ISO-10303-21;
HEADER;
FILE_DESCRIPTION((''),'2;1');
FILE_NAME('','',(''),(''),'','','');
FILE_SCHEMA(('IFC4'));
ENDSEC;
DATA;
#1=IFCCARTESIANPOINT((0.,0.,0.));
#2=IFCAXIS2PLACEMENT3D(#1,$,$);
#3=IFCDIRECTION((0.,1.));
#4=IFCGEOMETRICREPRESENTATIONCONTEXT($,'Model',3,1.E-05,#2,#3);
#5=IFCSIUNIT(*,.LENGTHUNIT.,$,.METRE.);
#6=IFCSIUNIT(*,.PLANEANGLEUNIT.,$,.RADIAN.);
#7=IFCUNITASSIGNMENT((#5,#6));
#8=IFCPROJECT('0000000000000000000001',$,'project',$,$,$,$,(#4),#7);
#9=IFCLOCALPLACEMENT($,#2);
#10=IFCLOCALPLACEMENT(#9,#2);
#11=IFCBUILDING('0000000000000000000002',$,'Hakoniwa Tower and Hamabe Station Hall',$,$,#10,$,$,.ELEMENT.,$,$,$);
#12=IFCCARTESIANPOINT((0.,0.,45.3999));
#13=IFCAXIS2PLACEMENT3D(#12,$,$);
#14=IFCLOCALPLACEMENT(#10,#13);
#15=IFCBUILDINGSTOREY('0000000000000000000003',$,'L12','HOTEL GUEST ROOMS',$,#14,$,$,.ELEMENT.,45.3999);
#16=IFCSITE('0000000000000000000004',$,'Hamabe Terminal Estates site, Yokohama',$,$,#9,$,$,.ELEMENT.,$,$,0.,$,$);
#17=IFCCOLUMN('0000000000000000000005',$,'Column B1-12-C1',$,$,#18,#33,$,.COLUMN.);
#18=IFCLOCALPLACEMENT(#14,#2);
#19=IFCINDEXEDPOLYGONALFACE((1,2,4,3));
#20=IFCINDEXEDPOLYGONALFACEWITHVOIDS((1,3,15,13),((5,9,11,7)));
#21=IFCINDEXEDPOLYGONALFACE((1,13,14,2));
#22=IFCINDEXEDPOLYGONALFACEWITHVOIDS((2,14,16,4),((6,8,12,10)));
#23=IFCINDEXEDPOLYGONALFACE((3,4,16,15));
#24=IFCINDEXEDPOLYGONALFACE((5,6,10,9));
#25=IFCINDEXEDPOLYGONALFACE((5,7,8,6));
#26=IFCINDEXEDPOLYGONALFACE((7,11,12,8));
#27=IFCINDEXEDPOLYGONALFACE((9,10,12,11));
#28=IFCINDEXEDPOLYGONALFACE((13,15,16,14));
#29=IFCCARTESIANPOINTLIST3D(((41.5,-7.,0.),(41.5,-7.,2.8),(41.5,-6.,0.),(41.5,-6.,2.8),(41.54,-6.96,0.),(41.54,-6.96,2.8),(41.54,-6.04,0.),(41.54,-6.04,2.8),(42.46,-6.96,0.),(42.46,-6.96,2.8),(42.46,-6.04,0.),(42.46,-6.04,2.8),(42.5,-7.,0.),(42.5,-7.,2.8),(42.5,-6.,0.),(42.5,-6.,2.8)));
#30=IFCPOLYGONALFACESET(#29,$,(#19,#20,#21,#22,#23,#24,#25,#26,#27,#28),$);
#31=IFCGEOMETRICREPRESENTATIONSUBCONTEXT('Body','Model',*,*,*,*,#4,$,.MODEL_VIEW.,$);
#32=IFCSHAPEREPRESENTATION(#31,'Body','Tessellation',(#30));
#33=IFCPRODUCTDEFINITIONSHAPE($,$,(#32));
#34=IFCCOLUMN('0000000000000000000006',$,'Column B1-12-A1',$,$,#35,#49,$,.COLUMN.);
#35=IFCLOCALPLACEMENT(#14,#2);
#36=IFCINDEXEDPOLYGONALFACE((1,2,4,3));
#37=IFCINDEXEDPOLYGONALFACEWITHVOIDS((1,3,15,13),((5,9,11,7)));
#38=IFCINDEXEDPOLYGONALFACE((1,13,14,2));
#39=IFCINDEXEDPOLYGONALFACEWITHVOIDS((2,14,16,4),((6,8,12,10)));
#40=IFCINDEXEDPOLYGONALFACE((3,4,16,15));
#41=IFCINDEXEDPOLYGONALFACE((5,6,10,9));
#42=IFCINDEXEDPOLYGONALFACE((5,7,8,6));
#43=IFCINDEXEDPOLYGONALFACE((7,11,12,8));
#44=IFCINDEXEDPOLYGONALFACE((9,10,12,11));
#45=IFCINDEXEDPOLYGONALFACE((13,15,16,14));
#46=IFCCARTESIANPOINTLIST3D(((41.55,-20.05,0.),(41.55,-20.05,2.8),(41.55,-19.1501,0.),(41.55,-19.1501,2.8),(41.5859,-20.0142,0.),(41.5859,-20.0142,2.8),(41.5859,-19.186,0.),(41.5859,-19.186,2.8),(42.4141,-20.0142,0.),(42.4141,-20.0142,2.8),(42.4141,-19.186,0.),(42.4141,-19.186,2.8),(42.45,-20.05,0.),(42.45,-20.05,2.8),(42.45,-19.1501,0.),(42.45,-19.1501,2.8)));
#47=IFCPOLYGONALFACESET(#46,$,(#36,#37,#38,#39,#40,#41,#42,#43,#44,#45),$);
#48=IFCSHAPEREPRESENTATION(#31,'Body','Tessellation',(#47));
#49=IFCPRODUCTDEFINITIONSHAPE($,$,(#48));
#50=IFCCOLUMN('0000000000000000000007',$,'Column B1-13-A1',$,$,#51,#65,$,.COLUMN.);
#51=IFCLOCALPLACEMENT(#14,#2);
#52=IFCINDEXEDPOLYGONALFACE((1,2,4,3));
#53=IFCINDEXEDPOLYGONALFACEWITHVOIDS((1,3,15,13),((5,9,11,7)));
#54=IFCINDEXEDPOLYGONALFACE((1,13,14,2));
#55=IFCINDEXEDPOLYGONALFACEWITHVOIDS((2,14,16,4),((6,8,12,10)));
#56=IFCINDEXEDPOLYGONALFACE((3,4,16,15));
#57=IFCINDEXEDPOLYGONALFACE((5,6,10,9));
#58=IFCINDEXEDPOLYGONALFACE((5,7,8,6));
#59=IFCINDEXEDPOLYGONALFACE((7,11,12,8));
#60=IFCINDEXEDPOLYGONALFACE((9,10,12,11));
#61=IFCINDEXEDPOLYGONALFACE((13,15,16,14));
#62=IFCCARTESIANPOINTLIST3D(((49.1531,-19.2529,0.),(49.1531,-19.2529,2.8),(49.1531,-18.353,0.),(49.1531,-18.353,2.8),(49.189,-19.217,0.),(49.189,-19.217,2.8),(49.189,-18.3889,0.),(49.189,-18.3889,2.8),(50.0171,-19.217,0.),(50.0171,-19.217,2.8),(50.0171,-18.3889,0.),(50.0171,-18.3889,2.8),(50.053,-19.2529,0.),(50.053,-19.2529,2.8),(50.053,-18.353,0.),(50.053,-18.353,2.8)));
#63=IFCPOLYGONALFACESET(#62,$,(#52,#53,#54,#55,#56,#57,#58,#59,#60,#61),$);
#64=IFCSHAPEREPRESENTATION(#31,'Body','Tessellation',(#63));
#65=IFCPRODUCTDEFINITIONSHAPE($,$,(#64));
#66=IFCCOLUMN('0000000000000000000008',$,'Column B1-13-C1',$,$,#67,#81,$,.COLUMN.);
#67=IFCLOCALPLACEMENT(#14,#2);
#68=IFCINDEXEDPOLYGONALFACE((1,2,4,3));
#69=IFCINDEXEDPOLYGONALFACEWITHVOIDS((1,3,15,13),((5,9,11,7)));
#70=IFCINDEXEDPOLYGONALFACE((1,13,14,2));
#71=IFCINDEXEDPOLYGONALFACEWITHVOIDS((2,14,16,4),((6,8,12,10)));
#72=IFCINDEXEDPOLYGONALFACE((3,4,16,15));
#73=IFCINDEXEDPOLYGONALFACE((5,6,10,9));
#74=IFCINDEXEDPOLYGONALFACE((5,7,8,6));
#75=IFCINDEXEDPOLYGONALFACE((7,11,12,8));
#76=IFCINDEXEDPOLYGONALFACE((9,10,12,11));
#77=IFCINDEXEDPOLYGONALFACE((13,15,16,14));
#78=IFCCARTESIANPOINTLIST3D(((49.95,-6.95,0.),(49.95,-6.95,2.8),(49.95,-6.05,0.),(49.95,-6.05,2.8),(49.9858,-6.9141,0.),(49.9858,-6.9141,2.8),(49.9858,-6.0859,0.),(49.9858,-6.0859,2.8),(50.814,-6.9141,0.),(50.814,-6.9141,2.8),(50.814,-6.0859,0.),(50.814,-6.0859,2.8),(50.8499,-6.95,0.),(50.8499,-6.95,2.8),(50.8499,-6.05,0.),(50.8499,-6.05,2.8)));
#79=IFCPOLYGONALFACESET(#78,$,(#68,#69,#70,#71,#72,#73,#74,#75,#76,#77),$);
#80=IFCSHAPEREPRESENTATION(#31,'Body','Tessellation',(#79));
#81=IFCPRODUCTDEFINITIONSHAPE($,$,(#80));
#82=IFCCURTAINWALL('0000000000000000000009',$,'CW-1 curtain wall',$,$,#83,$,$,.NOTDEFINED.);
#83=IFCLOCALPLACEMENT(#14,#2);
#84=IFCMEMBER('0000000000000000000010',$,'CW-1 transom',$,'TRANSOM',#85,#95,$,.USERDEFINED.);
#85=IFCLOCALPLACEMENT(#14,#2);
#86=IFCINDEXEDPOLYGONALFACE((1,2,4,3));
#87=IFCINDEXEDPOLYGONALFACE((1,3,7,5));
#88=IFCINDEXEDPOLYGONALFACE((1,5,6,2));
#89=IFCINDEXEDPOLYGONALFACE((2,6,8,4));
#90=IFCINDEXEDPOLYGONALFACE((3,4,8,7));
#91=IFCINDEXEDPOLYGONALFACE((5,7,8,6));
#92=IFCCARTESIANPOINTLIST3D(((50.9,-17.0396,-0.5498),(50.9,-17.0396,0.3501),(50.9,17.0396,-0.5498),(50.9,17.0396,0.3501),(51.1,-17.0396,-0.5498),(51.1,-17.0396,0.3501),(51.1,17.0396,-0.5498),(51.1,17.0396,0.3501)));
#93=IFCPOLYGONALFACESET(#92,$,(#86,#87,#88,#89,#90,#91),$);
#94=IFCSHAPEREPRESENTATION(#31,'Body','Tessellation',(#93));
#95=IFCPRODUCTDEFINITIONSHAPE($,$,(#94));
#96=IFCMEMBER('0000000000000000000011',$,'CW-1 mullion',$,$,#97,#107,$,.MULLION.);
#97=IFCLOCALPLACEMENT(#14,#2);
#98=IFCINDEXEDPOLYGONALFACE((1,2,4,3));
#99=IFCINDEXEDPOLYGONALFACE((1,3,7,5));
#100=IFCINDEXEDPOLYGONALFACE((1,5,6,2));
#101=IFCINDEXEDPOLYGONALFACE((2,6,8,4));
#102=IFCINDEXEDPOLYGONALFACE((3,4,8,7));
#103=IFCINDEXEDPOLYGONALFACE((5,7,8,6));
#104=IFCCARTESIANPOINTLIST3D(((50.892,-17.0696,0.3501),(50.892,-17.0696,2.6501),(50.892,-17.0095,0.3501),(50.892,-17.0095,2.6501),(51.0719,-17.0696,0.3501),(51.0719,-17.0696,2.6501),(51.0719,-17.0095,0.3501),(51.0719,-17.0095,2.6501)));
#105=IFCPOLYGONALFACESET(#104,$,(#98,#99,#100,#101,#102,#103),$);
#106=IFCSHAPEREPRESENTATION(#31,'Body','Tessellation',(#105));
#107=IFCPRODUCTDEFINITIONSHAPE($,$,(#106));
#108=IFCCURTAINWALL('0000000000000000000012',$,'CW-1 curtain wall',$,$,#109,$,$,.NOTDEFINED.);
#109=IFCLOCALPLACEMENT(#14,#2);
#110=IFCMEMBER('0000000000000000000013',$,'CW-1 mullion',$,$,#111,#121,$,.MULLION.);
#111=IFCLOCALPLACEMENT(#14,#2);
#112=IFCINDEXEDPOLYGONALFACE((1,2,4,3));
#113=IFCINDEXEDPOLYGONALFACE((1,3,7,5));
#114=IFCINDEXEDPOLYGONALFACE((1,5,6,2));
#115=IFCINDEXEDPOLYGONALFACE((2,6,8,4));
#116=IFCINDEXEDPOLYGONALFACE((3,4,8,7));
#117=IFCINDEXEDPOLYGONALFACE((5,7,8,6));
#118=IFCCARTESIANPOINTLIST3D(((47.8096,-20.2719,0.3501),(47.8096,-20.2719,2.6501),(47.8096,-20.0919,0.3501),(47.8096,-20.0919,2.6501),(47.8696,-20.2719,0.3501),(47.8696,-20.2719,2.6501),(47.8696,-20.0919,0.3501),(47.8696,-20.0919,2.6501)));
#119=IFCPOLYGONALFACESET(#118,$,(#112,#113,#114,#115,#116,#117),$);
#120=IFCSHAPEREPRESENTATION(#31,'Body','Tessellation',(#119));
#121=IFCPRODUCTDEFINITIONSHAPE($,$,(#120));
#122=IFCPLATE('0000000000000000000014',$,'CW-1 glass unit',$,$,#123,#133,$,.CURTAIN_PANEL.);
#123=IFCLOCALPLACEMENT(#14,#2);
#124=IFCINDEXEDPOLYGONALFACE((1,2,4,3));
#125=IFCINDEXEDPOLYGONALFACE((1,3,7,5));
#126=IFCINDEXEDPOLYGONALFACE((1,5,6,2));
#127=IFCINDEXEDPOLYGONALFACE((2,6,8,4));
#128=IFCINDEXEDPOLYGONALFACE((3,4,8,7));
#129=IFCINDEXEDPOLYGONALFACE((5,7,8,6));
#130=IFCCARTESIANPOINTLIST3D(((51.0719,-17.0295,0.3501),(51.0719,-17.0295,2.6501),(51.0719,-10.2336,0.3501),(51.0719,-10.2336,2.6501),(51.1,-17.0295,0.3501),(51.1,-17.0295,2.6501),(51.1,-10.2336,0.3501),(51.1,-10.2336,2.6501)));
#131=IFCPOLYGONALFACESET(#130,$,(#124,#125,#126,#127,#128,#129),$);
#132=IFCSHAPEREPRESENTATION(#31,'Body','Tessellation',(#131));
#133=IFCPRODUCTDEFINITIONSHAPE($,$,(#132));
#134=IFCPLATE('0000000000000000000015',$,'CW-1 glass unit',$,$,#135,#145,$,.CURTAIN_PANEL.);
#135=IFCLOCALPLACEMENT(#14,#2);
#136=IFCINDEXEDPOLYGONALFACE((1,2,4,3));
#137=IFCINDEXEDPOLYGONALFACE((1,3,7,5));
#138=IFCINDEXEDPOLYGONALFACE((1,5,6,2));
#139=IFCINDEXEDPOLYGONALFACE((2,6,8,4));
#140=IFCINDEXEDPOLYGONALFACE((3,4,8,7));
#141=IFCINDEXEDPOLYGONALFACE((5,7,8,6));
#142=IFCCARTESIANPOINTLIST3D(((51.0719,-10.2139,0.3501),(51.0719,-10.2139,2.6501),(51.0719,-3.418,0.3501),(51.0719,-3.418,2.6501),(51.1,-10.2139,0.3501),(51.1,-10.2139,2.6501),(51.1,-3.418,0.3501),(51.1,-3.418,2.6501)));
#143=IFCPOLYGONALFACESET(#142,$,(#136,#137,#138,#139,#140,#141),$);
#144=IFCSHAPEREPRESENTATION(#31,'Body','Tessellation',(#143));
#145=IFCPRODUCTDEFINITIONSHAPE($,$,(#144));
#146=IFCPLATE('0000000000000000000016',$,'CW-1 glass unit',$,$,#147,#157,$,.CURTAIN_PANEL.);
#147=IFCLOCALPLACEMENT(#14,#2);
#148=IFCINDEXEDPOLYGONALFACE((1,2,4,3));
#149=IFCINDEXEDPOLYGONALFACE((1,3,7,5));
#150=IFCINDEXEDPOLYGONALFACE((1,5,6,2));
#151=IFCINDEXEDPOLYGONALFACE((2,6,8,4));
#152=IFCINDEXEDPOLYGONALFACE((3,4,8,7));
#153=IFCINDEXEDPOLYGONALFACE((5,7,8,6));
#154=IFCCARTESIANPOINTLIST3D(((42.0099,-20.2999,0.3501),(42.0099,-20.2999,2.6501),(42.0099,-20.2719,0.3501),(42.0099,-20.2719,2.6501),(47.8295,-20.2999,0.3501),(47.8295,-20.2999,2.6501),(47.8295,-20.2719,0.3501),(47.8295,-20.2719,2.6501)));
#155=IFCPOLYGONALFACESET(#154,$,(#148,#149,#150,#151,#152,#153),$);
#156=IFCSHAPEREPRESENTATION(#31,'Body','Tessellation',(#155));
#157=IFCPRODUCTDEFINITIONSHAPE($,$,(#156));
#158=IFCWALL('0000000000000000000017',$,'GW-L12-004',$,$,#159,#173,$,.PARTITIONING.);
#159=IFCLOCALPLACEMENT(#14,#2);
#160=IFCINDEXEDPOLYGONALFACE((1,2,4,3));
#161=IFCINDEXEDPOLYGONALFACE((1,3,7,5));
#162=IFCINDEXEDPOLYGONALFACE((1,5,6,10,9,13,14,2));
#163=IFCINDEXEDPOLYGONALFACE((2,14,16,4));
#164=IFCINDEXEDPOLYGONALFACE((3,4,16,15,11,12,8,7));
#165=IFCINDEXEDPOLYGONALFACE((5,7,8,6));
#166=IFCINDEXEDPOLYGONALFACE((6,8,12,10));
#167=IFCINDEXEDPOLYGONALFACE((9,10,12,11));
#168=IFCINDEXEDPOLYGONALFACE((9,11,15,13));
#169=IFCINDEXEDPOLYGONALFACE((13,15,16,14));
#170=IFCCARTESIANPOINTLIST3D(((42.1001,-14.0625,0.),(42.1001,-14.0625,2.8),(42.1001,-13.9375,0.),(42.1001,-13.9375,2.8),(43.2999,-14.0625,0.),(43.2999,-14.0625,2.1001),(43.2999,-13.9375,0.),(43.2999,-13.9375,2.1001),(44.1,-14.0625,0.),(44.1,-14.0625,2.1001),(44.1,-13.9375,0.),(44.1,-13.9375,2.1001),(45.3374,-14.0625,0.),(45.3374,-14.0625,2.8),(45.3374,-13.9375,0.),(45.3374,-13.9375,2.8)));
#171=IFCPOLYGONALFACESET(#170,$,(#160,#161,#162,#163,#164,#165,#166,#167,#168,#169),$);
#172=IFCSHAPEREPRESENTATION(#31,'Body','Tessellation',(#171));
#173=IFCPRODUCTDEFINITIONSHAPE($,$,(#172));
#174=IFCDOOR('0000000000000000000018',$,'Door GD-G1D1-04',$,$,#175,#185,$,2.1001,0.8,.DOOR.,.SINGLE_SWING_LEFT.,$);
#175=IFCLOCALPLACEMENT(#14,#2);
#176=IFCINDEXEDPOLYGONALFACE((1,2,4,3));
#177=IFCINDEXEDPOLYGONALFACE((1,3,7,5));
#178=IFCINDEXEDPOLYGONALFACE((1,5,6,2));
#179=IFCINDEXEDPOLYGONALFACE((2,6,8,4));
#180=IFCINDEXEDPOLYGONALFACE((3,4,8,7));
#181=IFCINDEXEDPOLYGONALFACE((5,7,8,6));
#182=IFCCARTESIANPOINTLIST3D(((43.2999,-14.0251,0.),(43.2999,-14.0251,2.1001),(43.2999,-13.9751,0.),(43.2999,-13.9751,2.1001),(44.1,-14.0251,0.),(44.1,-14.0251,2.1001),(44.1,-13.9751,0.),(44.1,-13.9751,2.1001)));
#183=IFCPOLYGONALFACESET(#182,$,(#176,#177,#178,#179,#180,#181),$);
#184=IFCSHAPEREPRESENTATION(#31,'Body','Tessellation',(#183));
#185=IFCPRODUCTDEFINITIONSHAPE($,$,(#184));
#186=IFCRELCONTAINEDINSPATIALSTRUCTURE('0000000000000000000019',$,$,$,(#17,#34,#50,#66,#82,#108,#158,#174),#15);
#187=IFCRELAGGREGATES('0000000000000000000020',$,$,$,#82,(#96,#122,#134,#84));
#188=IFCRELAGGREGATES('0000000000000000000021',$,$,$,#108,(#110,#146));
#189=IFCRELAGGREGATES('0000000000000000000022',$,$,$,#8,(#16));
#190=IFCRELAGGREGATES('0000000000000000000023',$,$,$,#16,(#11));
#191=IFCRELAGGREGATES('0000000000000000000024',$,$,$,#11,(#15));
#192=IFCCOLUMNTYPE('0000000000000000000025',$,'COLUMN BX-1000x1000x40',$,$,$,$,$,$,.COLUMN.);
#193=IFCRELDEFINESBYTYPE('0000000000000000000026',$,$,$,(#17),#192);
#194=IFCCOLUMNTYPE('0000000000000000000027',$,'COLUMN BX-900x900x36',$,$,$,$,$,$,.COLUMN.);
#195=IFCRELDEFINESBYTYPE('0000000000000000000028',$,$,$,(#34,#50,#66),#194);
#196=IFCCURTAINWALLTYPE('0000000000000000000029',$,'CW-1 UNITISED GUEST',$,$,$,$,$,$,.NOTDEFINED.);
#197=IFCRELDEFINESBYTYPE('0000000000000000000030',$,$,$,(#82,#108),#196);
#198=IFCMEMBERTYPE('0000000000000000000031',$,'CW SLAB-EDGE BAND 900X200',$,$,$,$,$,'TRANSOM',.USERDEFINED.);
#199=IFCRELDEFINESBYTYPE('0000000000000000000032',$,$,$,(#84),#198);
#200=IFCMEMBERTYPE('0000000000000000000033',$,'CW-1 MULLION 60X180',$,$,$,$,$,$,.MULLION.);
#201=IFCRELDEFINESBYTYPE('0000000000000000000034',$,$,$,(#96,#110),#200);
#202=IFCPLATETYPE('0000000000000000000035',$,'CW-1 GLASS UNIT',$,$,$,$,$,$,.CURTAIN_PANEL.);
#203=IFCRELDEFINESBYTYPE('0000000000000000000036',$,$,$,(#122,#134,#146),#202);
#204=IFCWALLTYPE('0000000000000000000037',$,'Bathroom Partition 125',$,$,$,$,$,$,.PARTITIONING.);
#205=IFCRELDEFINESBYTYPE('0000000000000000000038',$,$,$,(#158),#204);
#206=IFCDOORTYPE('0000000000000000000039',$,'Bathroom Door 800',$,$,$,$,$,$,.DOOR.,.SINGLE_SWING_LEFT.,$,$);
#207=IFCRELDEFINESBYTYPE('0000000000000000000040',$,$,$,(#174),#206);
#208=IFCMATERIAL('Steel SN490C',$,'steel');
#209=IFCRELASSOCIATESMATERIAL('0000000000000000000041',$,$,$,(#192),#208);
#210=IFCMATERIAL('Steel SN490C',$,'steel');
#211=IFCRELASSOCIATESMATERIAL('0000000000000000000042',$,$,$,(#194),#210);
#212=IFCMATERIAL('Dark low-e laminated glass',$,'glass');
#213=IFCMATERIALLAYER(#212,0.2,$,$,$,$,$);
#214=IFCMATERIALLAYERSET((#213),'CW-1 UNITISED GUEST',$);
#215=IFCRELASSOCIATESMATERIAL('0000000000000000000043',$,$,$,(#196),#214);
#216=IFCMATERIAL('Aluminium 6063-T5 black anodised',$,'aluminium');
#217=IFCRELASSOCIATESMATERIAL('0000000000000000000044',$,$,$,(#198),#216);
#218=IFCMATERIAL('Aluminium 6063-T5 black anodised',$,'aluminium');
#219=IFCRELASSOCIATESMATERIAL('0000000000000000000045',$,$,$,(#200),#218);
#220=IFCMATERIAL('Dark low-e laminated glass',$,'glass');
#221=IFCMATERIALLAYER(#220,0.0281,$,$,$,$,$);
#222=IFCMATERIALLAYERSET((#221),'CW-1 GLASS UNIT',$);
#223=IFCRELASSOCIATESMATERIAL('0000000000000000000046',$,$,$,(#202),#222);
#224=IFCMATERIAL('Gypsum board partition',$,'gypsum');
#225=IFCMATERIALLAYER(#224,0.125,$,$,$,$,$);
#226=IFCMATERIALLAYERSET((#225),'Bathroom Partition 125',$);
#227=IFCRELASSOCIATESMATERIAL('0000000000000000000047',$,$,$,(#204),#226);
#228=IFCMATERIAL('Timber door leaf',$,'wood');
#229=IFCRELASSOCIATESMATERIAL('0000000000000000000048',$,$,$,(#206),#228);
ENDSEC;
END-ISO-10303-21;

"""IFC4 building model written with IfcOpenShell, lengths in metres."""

from ifc_helpers import new_model, si_unit, direction, frame, frame_2d, origin, origin_2d, place, context, subcontext, project, spatial, rectangle, hollow_rectangle, extrude, material, layer, layer_set, material_profile, profile_set, type_object, element, fill, aggregate, save


model = new_model("IFC4")

# Units and contexts
model_context = context("Model", 3, precision=1e-05, world=origin(), true_north=direction((0.0, 1.0)))
body_context = subcontext(model_context, "Body", "Model", "MODEL_VIEW")
ifc_project = project(units=[si_unit("LENGTHUNIT", "METRE"), si_unit("PLANEANGLEUNIT", "RADIAN")], contexts=[model_context])

# Site, building, storey
site_placement = place(None, origin())
site = spatial("IfcSite", under=ifc_project, at=site_placement, Name="Hamabe Terminal Estates site, Yokohama", CompositionType="ELEMENT", RefElevation=0.0)
building_placement = place(site_placement, origin())
building = spatial("IfcBuilding", under=site, at=building_placement, Name="Hakoniwa Tower and Hamabe Station Hall", CompositionType="ELEMENT")
storey_placement = place(building_placement, frame((0.0, 0.0, 45.3999)))
storey = spatial("IfcBuildingStorey", under=building, at=storey_placement, Name="L12", Description="HOTEL GUEST ROOMS", CompositionType="ELEMENT", Elevation=45.3999)

# Columns
ifc_material_1 = material(Name="Steel SN490C", Category="steel")
ifc_material_profile_1 = material_profile(ifc_material_1, hollow_rectangle(XDim=1.0, YDim=1.0, WallThickness=0.04, at=origin_2d()), Name="BX-1000x1000x40")
ifc_profile_set_1 = profile_set([ifc_material_profile_1], Name="Steel SN490C")
column_type_1 = type_object("IfcColumnType", Name="COLUMN BX-1000x1000x40", PredefinedType="COLUMN", material=ifc_profile_set_1)
column_placement = place(storey_placement, frame((42.0, -6.5, 0.0), z_axis=(0.0, 0.0, 1.0), x_axis=(1.0, 0.0, 0.0)))
element("IfcColumn", 1, at=column_placement, inside=storey, type_object=column_type_1, Name="Column B1-12-C1", PredefinedType="COLUMN", context=body_context, shape_type="SweptSolid", body=[
    extrude(hollow_rectangle(XDim=1.0, YDim=1.0, WallThickness=0.04, at=origin_2d()), origin(), (0.0, 0.0, 1.0), 2.8),
])
ifc_material_2 = material(Name="Steel SN490C", Category="steel")
ifc_material_profile_2 = material_profile(ifc_material_2, hollow_rectangle(XDim=0.8999, YDim=0.8999, WallThickness=0.0359, at=origin_2d()), Name="BX-900x900x36")
ifc_profile_set_2 = profile_set([ifc_material_profile_2], Name="Steel SN490C")
column_type_2 = type_object("IfcColumnType", Name="COLUMN BX-900x900x36", PredefinedType="COLUMN", material=ifc_profile_set_2)
for number, where, z_axis, x_axis, name in (
    (2, (42.0, -19.6001, 0.0), (0.0, 0.0, 1.0), (1.0, 0.0, 0.0), "Column B1-12-A1"),
    (3, (49.603, -18.803, 0.0), (0.0, 0.0, 1.0), (1.0, 0.0, 0.0), "Column B1-13-A1"),
    (4, (50.3999, -6.5, 0.0), (0.0, 0.0, 1.0), (1.0, 0.0, 0.0), "Column B1-13-C1"),
):
    element("IfcColumn", number, at=place(storey_placement, frame(where, z_axis=z_axis, x_axis=x_axis)), inside=storey, type_object=column_type_2, Name=name, PredefinedType="COLUMN", context=body_context, shape_type="SweptSolid", body=[
        extrude(hollow_rectangle(XDim=0.8999, YDim=0.8999, WallThickness=0.0359, at=origin_2d()), origin(), (0.0, 0.0, 1.0), 2.8),
    ])

# Curtain wall, members
ifc_material_3 = material(Name="Dark low-e laminated glass", Category="glass")
ifc_layer_1 = layer(ifc_material_3, 0.2)
ifc_layer_set_1 = layer_set([ifc_layer_1], Name="CW-1 UNITISED GUEST")
curtain_wall_type = type_object("IfcCurtainWallType", Name="CW-1 UNITISED GUEST", PredefinedType="NOTDEFINED", material=ifc_layer_set_1)
curtain_wall_1_placement = place(storey_placement, origin())
curtain_wall_1 = element("IfcCurtainWall", 5, at=curtain_wall_1_placement, inside=storey, type_object=curtain_wall_type, Name="CW-1 curtain wall", PredefinedType="NOTDEFINED")
ifc_material_4 = material(Name="Aluminium 6063-T5 black anodised", Category="aluminium")
ifc_material_profile_3 = material_profile(ifc_material_4, rectangle(XDim=0.2, YDim=0.8999, at=origin_2d()), Name="CW SLAB-EDGE BAND 900X200")
ifc_profile_set_3 = profile_set([ifc_material_profile_3], Name="Aluminium 6063-T5 black anodised")
member_type_1 = type_object("IfcMemberType", Name="CW SLAB-EDGE BAND 900X200", ElementType="TRANSOM", PredefinedType="USERDEFINED", material=ifc_profile_set_3)
member_1_placement = place(storey_placement, frame((51.0, -17.0396, -0.0999), z_axis=(0.0, 1.0, 0.0), x_axis=(-1.0, 0.0, 0.0)))
member_1 = element("IfcMember", 6, at=member_1_placement, type_object=member_type_1, Name="CW-1 transom", ObjectType="TRANSOM", PredefinedType="USERDEFINED", context=body_context, shape_type="SweptSolid", body=[
    extrude(rectangle(XDim=0.2, YDim=0.8999, at=origin_2d()), origin(), (0.0, 0.0, 1.0), 34.0791),
])
ifc_material_5 = material(Name="Aluminium 6063-T5 black anodised", Category="aluminium")
ifc_material_profile_4 = material_profile(ifc_material_5, rectangle(XDim=0.0601, YDim=0.1799, at=origin_2d()), Name="CW-1 MULLION 60X180")
ifc_profile_set_4 = profile_set([ifc_material_profile_4], Name="Aluminium 6063-T5 black anodised")
member_type_2 = type_object("IfcMemberType", Name="CW-1 MULLION 60X180", PredefinedType="MULLION", material=ifc_profile_set_4)
member_2_placement = place(storey_placement, frame((50.9819, -17.0396, 0.3501), z_axis=(0.0, 0.0, 1.0), x_axis=(0.0, 1.0, 0.0)))
member_2 = element("IfcMember", 7, at=member_2_placement, type_object=member_type_2, Name="CW-1 mullion", PredefinedType="MULLION", context=body_context, shape_type="SweptSolid", body=[
    extrude(rectangle(XDim=0.0601, YDim=0.1799, at=origin_2d()), origin(), (0.0, 0.0, 1.0), 2.3),
])

# Curtain wall, member
curtain_wall_2_placement = place(storey_placement, origin())
curtain_wall_2 = element("IfcCurtainWall", 8, at=curtain_wall_2_placement, inside=storey, type_object=curtain_wall_type, Name="CW-1 curtain wall", PredefinedType="NOTDEFINED")
member_3_placement = place(storey_placement, frame((47.8396, -20.1819, 0.3501), z_axis=(0.0, 0.0, 1.0), x_axis=(1.0, 0.0, 0.0)))
member_3 = element("IfcMember", 9, at=member_3_placement, type_object=member_type_2, Name="CW-1 mullion", PredefinedType="MULLION", context=body_context, shape_type="SweptSolid", body=[
    extrude(rectangle(XDim=0.0601, YDim=0.1799, at=origin_2d()), origin(), (0.0, 0.0, 1.0), 2.3),
])

# Plates
ifc_material_6 = material(Name="Dark low-e laminated glass", Category="glass")
ifc_layer_2 = layer(ifc_material_6, 0.0281)
ifc_layer_set_2 = layer_set([ifc_layer_2], Name="CW-1 GLASS UNIT")
plate_type = type_object("IfcPlateType", Name="CW-1 GLASS UNIT", PredefinedType="CURTAIN_PANEL", material=ifc_layer_set_2)
plate_1_placement = place(storey_placement, frame((51.0859, -13.6316, 0.3501), z_axis=(0.0, 0.0, 1.0), x_axis=(0.0, 1.0, 0.0)))
plate_1 = element("IfcPlate", 10, at=plate_1_placement, type_object=plate_type, Name="CW-1 glass unit", PredefinedType="CURTAIN_PANEL", context=body_context, shape_type="SweptSolid", body=[
    extrude(rectangle(XDim=6.7959, YDim=0.0281, at=origin_2d()), origin(), (0.0, 0.0, 1.0), 2.3),
])
plate_2_placement = place(storey_placement, frame((51.0859, -6.8159, 0.3501), z_axis=(0.0, 0.0, 1.0), x_axis=(0.0, 1.0, 0.0)))
plate_2 = element("IfcPlate", 11, at=plate_2_placement, type_object=plate_type, Name="CW-1 glass unit", PredefinedType="CURTAIN_PANEL", context=body_context, shape_type="SweptSolid", body=[
    extrude(rectangle(XDim=6.7959, YDim=0.0281, at=origin_2d()), origin(), (0.0, 0.0, 1.0), 2.3),
])
aggregate(curtain_wall_1, [member_2, plate_1, plate_2, member_1])
plate_3_placement = place(storey_placement, frame((44.9197, -20.2859, 0.3501), z_axis=(0.0, 0.0, 1.0), x_axis=(1.0, 0.0, 0.0)))
plate_3 = element("IfcPlate", 12, at=plate_3_placement, type_object=plate_type, Name="CW-1 glass unit", PredefinedType="CURTAIN_PANEL", context=body_context, shape_type="SweptSolid", body=[
    extrude(rectangle(XDim=5.8196, YDim=0.0281, at=origin_2d()), origin(), (0.0, 0.0, 1.0), 2.3),
])
aggregate(curtain_wall_2, [member_3, plate_3])

# Wall, opening, door
ifc_material_7 = material(Name="Gypsum board partition", Category="gypsum")
ifc_layer_3 = layer(ifc_material_7, 0.125)
ifc_layer_set_3 = layer_set([ifc_layer_3], Name="Bathroom Partition 125")
wall_type_1 = type_object("IfcWallType", Name="Bathroom Partition 125", PredefinedType="PARTITIONING", material=ifc_layer_set_3)
wall_1_placement = place(storey_placement, frame((42.1001, -14.0, 0.0), z_axis=(0.0, 0.0, 1.0), x_axis=(1.0, 0.0, 0.0)))
wall_1 = element("IfcWall", 13, at=wall_1_placement, inside=storey, type_object=wall_type_1, Name="GW-L12-004", PredefinedType="PARTITIONING", context=body_context, shape_type="SweptSolid", body=[
    extrude(rectangle(XDim=3.2373, YDim=0.125, at=frame_2d((1.6187, 0.0))), origin(), (0.0, 0.0, 1.0), 2.8),
])
opening_1_placement = place(wall_1_placement, frame((1.2, 0.0, 0.0)))
opening_1 = element("IfcOpeningElement", 14, at=opening_1_placement, cuts=wall_1, PredefinedType="OPENING", context=body_context, shape_type="SweptSolid", body=[
    extrude(rectangle(XDim=0.8, YDim=2.1001, at=frame_2d((0.3999, 1.05))), frame((0.0, 0.0725, 0.0), z_axis=(0.0, -1.0, 0.0), x_axis=(1.0, 0.0, 0.0)), (0.0, 0.0, 1.0), 0.145),
])
ifc_material_8 = material(Name="Timber door leaf", Category="wood")
door_type = type_object("IfcDoorType", Name="Bathroom Door 800", OperationType="SINGLE_SWING_LEFT", PredefinedType="DOOR", material=ifc_material_8)
door_1_placement = place(opening_1_placement, origin())
door_1 = element("IfcDoor", 15, at=door_1_placement, inside=storey, type_object=door_type, Name="Door GD-G1D1-04", OperationType="SINGLE_SWING_LEFT", OverallHeight=2.1001, OverallWidth=0.8, PredefinedType="DOOR", context=body_context, shape_type="SweptSolid", body=[
    extrude(rectangle(XDim=0.8, YDim=2.1001, at=frame_2d((0.3999, 1.05))), frame((0.0, 0.0249, 0.0), z_axis=(0.0, -1.0, 0.0), x_axis=(1.0, 0.0, 0.0)), (0.0, 0.0, 1.0), 0.05),
])
fill(opening_1, door_1)

save(model, "model.ifc")
